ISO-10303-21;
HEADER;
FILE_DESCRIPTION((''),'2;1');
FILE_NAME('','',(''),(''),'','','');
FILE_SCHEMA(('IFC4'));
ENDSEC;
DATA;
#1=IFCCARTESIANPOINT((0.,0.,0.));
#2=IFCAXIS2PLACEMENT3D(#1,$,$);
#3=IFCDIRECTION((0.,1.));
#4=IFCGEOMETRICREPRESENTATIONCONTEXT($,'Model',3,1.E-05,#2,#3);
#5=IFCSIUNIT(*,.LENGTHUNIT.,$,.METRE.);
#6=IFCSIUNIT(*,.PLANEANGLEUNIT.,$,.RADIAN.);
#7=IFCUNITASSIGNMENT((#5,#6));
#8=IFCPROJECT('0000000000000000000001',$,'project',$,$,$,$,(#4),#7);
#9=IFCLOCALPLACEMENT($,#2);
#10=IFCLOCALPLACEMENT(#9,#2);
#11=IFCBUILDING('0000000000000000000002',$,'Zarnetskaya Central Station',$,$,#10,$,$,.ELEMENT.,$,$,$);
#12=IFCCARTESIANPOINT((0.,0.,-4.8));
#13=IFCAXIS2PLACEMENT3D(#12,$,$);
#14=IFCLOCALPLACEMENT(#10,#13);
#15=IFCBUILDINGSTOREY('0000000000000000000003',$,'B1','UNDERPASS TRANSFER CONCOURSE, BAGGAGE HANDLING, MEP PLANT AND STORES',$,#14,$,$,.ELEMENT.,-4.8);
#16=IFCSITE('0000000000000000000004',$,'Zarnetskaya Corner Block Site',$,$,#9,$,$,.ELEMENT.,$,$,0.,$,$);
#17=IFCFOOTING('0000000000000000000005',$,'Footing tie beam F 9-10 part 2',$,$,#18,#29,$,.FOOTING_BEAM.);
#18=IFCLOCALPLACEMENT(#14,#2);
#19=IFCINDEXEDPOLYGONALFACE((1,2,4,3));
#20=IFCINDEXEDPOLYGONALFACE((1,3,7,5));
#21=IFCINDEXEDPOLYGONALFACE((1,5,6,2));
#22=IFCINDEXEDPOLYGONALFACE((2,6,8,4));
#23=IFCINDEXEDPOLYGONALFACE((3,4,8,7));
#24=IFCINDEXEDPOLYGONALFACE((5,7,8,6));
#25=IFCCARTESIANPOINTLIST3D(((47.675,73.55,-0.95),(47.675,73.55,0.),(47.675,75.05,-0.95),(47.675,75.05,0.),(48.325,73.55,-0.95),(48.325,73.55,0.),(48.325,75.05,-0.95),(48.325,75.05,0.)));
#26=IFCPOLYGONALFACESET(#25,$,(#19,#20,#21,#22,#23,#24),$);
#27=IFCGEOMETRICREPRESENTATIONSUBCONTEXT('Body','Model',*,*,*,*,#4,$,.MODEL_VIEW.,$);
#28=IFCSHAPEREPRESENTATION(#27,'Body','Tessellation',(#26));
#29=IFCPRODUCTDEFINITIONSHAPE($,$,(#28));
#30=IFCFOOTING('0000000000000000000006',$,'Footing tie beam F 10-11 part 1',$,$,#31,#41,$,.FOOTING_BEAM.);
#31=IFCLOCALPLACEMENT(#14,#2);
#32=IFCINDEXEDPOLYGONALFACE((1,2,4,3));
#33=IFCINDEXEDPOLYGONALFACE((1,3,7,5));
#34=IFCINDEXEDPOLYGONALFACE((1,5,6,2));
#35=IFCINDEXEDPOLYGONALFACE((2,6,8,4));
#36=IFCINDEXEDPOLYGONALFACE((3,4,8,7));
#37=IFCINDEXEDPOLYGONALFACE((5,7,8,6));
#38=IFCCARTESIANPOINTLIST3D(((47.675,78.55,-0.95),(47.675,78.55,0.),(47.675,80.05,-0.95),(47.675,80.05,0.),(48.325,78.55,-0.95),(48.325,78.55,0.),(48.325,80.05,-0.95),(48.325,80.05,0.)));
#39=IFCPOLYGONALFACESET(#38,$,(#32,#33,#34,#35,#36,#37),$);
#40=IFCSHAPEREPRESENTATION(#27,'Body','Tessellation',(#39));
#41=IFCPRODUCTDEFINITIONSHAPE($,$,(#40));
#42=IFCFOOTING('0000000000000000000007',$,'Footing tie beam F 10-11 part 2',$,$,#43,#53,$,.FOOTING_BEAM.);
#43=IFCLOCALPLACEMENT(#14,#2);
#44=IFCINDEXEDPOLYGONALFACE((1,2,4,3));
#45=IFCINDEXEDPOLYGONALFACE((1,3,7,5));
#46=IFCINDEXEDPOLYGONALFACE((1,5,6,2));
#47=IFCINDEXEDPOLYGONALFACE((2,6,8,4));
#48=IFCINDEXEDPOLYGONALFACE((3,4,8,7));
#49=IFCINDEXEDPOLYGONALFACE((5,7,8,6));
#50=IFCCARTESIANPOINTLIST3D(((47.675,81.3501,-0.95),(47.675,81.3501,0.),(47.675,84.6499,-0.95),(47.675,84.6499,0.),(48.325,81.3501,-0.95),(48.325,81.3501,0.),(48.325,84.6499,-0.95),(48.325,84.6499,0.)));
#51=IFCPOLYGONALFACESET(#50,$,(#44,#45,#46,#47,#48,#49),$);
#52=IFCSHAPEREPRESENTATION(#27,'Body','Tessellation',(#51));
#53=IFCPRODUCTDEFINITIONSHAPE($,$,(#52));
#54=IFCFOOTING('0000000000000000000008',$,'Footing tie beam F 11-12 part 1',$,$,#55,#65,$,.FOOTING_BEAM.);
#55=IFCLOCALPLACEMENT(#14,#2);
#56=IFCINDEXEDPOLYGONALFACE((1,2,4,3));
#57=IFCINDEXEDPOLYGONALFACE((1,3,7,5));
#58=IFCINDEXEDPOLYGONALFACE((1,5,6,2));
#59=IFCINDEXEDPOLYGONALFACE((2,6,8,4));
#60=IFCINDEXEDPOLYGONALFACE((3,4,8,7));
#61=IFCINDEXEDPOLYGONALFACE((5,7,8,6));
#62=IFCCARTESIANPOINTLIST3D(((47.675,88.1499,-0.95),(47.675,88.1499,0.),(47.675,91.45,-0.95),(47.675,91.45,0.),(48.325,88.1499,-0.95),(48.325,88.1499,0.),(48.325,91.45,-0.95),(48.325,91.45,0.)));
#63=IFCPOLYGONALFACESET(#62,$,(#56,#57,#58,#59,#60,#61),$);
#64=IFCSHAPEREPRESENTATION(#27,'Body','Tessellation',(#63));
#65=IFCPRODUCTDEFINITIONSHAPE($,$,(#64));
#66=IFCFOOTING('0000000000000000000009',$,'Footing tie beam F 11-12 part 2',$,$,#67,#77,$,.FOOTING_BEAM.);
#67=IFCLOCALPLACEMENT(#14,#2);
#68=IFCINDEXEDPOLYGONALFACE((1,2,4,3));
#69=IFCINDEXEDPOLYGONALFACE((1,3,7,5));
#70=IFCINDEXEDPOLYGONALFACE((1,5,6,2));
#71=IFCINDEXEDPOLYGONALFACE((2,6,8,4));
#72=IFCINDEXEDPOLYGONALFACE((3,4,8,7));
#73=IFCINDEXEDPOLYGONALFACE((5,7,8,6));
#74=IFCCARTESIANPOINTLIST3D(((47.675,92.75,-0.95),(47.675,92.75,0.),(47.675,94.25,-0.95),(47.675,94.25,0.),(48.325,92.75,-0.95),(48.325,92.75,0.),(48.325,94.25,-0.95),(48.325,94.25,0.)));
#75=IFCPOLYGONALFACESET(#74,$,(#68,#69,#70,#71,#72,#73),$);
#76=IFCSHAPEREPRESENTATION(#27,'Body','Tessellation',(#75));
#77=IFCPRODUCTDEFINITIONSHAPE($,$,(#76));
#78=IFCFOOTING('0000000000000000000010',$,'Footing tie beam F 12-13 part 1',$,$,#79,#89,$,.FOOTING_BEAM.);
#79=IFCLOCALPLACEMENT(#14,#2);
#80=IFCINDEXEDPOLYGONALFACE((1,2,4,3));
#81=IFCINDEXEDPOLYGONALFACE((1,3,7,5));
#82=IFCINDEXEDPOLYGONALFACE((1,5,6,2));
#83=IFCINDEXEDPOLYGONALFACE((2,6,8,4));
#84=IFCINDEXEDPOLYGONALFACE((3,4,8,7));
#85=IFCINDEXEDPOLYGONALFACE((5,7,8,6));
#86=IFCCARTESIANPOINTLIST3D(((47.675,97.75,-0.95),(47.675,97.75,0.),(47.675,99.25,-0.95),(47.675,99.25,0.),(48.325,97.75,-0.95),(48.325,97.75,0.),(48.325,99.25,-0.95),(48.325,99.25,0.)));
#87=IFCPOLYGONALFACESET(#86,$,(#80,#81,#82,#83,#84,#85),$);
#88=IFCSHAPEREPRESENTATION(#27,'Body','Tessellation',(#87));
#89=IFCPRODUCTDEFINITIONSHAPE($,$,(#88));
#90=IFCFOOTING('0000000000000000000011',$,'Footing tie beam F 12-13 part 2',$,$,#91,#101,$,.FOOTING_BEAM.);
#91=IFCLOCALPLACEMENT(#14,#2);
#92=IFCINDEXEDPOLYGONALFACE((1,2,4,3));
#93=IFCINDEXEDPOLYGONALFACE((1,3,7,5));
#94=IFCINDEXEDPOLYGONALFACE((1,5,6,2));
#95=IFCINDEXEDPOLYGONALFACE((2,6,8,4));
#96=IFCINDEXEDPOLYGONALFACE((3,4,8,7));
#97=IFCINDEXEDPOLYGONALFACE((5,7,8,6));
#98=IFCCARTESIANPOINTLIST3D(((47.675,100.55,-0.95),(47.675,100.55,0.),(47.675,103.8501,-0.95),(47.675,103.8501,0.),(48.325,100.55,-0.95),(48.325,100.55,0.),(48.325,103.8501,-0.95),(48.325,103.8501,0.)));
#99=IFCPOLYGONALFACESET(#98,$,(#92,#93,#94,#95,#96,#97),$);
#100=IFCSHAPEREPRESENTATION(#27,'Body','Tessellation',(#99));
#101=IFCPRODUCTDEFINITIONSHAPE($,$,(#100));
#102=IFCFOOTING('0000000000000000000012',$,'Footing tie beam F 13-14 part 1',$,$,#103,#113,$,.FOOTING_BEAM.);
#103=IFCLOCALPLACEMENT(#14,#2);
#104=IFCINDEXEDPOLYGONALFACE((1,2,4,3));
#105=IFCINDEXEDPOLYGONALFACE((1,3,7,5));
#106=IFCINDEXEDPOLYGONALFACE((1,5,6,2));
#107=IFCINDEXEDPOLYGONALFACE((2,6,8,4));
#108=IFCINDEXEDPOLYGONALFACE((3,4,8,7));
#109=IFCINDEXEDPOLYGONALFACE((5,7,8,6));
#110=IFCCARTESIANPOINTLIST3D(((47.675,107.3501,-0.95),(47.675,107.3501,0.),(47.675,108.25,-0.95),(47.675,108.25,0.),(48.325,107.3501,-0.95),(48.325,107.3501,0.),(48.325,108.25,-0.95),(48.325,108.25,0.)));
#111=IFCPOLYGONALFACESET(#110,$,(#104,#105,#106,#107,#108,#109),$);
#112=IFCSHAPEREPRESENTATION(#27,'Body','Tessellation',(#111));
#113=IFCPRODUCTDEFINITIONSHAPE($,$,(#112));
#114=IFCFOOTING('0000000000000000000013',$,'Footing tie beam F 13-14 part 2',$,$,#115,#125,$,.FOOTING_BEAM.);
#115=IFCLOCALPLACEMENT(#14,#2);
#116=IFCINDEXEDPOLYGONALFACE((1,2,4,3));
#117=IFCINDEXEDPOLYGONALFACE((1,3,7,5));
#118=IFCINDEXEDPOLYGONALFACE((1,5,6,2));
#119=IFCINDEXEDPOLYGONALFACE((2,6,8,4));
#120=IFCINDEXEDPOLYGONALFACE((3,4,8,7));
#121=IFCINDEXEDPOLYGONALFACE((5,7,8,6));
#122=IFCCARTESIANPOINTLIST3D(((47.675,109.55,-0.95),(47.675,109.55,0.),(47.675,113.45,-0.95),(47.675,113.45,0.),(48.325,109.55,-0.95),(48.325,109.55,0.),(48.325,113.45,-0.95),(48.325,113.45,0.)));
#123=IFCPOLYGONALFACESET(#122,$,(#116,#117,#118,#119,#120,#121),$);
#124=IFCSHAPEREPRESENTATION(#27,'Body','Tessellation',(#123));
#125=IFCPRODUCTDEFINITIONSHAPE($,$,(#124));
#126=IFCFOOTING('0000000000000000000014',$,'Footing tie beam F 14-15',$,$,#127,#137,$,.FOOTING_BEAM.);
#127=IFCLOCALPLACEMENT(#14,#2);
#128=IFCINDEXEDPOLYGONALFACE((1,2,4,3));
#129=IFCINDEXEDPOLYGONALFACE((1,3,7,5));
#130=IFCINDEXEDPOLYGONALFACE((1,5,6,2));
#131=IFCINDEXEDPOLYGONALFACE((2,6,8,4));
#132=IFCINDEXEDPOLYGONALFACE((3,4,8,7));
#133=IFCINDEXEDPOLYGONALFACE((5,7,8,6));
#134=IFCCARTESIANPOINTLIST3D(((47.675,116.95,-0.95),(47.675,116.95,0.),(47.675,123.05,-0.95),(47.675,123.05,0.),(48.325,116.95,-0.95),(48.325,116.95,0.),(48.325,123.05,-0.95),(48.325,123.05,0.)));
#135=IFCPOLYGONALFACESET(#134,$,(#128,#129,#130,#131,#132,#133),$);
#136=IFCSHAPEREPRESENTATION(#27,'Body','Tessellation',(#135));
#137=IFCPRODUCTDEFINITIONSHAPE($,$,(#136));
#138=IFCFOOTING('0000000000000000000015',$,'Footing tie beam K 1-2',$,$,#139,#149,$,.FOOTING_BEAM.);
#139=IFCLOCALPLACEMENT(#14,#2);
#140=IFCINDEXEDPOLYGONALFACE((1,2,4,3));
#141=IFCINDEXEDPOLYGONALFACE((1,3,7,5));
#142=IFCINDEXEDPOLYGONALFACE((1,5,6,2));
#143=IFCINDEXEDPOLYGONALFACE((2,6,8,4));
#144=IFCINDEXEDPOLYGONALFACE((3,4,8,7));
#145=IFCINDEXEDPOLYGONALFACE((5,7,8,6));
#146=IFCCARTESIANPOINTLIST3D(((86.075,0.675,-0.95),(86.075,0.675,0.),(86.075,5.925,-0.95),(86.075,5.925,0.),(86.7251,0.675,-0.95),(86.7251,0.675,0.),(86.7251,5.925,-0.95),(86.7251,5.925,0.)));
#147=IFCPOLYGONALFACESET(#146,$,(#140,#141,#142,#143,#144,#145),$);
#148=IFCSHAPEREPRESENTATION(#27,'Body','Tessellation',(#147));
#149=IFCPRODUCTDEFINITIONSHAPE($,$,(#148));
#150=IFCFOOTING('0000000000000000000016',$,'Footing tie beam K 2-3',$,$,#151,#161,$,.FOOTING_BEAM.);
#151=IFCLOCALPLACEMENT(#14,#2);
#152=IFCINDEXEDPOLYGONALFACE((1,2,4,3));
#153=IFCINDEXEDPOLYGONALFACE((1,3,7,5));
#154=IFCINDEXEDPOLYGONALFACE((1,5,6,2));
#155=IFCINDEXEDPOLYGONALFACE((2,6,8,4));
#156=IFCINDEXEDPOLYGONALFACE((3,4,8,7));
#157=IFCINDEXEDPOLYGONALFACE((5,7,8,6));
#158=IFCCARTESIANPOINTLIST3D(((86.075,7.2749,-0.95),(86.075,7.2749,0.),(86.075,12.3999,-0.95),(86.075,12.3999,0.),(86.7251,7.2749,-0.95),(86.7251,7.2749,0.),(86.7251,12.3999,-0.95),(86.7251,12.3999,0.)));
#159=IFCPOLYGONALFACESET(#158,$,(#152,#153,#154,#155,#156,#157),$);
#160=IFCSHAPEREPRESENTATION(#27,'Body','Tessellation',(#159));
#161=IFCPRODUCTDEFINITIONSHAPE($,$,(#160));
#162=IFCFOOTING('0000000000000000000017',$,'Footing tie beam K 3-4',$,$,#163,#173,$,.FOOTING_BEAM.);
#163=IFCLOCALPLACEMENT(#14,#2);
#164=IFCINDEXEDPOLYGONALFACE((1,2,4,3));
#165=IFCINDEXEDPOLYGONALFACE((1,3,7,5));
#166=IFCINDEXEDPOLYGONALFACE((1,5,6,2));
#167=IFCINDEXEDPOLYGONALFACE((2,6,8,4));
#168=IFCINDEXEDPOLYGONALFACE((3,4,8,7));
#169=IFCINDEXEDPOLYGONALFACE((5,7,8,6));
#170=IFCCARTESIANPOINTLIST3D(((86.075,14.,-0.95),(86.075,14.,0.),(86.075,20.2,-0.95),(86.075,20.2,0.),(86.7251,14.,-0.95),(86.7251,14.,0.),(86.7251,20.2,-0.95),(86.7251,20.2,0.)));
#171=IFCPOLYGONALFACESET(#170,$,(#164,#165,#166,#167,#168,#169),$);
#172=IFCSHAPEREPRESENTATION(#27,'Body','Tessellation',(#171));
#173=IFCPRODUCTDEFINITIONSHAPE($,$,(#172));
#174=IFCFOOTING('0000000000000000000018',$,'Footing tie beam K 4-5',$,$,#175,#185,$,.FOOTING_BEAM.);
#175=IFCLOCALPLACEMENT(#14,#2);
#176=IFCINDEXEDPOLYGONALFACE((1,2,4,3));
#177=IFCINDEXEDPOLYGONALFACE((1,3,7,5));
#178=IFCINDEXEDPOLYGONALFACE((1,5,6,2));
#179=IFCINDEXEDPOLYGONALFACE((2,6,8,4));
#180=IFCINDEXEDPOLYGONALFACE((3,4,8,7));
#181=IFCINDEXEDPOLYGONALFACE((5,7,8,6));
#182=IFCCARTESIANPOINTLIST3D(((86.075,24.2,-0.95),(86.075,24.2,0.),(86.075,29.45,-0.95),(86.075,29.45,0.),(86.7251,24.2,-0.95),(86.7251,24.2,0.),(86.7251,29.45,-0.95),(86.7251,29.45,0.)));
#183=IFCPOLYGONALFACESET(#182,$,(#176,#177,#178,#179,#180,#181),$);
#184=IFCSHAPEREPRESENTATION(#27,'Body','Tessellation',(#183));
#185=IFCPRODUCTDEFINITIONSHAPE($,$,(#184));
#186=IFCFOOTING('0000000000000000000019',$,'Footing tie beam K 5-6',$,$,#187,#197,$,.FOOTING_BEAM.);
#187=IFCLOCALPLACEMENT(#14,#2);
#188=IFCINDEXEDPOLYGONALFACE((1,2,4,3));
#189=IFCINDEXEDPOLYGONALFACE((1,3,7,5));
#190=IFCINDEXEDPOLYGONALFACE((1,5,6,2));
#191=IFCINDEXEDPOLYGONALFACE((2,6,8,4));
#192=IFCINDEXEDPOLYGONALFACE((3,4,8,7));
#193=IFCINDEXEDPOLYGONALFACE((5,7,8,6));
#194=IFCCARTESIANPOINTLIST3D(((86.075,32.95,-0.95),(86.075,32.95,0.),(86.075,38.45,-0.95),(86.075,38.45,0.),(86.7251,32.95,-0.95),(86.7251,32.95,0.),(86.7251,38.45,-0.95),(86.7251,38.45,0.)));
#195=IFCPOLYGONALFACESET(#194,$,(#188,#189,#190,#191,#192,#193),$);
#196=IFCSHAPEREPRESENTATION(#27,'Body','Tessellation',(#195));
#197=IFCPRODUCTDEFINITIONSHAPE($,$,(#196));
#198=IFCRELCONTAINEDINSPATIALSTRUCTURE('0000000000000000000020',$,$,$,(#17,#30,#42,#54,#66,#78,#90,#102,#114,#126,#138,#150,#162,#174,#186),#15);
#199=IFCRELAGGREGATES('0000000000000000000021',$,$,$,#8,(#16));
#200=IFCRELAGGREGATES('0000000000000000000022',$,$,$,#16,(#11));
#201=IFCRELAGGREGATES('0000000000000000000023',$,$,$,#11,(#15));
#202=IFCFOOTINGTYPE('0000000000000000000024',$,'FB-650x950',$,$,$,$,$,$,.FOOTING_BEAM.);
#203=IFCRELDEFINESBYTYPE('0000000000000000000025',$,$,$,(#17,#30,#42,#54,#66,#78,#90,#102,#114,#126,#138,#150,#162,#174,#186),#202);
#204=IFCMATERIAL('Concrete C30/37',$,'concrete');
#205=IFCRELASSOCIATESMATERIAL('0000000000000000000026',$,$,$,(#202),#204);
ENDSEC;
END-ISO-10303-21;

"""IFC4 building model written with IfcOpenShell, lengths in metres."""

from ifc_helpers import new_model, si_unit, direction, frame, origin, place, context, subcontext, project, spatial, polyline, outline, extrude, material, type_object, element, save


model = new_model("IFC4")

# Units and contexts
model_context = context("Model", 3, precision=1e-05, world=origin(), true_north=direction((0.0, 1.0)))
body_context = subcontext(model_context, "Body", "Model", "MODEL_VIEW")
ifc_project = project(units=[si_unit("LENGTHUNIT", "METRE"), si_unit("PLANEANGLEUNIT", "RADIAN")], contexts=[model_context])

# Site, building, storey
site_placement = place(None, origin())
site = spatial("IfcSite", under=ifc_project, at=site_placement, Name="Zarnetskaya Corner Block Site", CompositionType="ELEMENT", RefElevation=0.0)
building_placement = place(site_placement, origin())
building = spatial("IfcBuilding", under=site, at=building_placement, Name="Zarnetskaya Central Station", CompositionType="ELEMENT")
storey_placement = place(building_placement, frame((0.0, 0.0, -4.8)))
storey = spatial("IfcBuildingStorey", under=building, at=storey_placement, Name="B1", Description="UNDERPASS TRANSFER CONCOURSE, BAGGAGE HANDLING, MEP PLANT AND STORES", CompositionType="ELEMENT", Elevation=-4.8)

# Footings
ifc_material = material(Name="Concrete C30/37", Category="concrete")
footing_type = type_object("IfcFootingType", Name="FB-650x950", PredefinedType="FOOTING_BEAM", material=ifc_material)
footing_1_placement = place(storey_placement, frame((0.0, 0.0, -0.95)))
element("IfcFooting", 1, at=footing_1_placement, inside=storey, type_object=footing_type, Name="Footing tie beam F 9-10 part 2", PredefinedType="FOOTING_BEAM", context=body_context, shape_type="SweptSolid", body=[
    extrude(outline(polyline([(47.675, 73.55), (48.325, 73.55), (48.325, 75.05), (47.675, 75.05), (47.675, 73.55)])), origin(), (0.0, 0.0, 1.0), 0.95),
])
footing_2_placement = place(storey_placement, frame((0.0, 0.0, -0.95)))
element("IfcFooting", 2, at=footing_2_placement, inside=storey, type_object=footing_type, Name="Footing tie beam F 10-11 part 1", PredefinedType="FOOTING_BEAM", context=body_context, shape_type="SweptSolid", body=[
    extrude(outline(polyline([(47.675, 78.55), (48.325, 78.55), (48.325, 80.05), (47.675, 80.05), (47.675, 78.55)])), origin(), (0.0, 0.0, 1.0), 0.95),
])
footing_3_placement = place(storey_placement, frame((0.0, 0.0, -0.95)))
element("IfcFooting", 3, at=footing_3_placement, inside=storey, type_object=footing_type, Name="Footing tie beam F 10-11 part 2", PredefinedType="FOOTING_BEAM", context=body_context, shape_type="SweptSolid", body=[
    extrude(outline(polyline([(47.675, 81.3501), (48.325, 81.3501), (48.325, 84.6499), (47.675, 84.6499), (47.675, 81.3501)])), origin(), (0.0, 0.0, 1.0), 0.95),
])
footing_4_placement = place(storey_placement, frame((0.0, 0.0, -0.95)))
element("IfcFooting", 4, at=footing_4_placement, inside=storey, type_object=footing_type, Name="Footing tie beam F 11-12 part 1", PredefinedType="FOOTING_BEAM", context=body_context, shape_type="SweptSolid", body=[
    extrude(outline(polyline([(47.675, 88.1499), (48.325, 88.1499), (48.325, 91.45), (47.675, 91.45), (47.675, 88.1499)])), origin(), (0.0, 0.0, 1.0), 0.95),
])
footing_5_placement = place(storey_placement, frame((0.0, 0.0, -0.95)))
element("IfcFooting", 5, at=footing_5_placement, inside=storey, type_object=footing_type, Name="Footing tie beam F 11-12 part 2", PredefinedType="FOOTING_BEAM", context=body_context, shape_type="SweptSolid", body=[
    extrude(outline(polyline([(47.675, 92.75), (48.325, 92.75), (48.325, 94.25), (47.675, 94.25), (47.675, 92.75)])), origin(), (0.0, 0.0, 1.0), 0.95),
])
footing_6_placement = place(storey_placement, frame((0.0, 0.0, -0.95)))
element("IfcFooting", 6, at=footing_6_placement, inside=storey, type_object=footing_type, Name="Footing tie beam F 12-13 part 1", PredefinedType="FOOTING_BEAM", context=body_context, shape_type="SweptSolid", body=[
    extrude(outline(polyline([(47.675, 97.75), (48.325, 97.75), (48.325, 99.25), (47.675, 99.25), (47.675, 97.75)])), origin(), (0.0, 0.0, 1.0), 0.95),
])
footing_7_placement = place(storey_placement, frame((0.0, 0.0, -0.95)))
element("IfcFooting", 7, at=footing_7_placement, inside=storey, type_object=footing_type, Name="Footing tie beam F 12-13 part 2", PredefinedType="FOOTING_BEAM", context=body_context, shape_type="SweptSolid", body=[
    extrude(outline(polyline([(47.675, 100.55), (48.325, 100.55), (48.325, 103.8501), (47.675, 103.8501), (47.675, 100.55)])), origin(), (0.0, 0.0, 1.0), 0.95),
])
footing_8_placement = place(storey_placement, frame((0.0, 0.0, -0.95)))
element("IfcFooting", 8, at=footing_8_placement, inside=storey, type_object=footing_type, Name="Footing tie beam F 13-14 part 1", PredefinedType="FOOTING_BEAM", context=body_context, shape_type="SweptSolid", body=[
    extrude(outline(polyline([(47.675, 107.3501), (48.325, 107.3501), (48.325, 108.25), (47.675, 108.25), (47.675, 107.3501)])), origin(), (0.0, 0.0, 1.0), 0.95),
])
footing_9_placement = place(storey_placement, frame((0.0, 0.0, -0.95)))
element("IfcFooting", 9, at=footing_9_placement, inside=storey, type_object=footing_type, Name="Footing tie beam F 13-14 part 2", PredefinedType="FOOTING_BEAM", context=body_context, shape_type="SweptSolid", body=[
    extrude(outline(polyline([(47.675, 109.55), (48.325, 109.55), (48.325, 113.45), (47.675, 113.45), (47.675, 109.55)])), origin(), (0.0, 0.0, 1.0), 0.95),
])
footing_10_placement = place(storey_placement, frame((0.0, 0.0, -0.95)))
element("IfcFooting", 10, at=footing_10_placement, inside=storey, type_object=footing_type, Name="Footing tie beam F 14-15", PredefinedType="FOOTING_BEAM", context=body_context, shape_type="SweptSolid", body=[
    extrude(outline(polyline([(47.675, 116.95), (48.325, 116.95), (48.325, 123.05), (47.675, 123.05), (47.675, 116.95)])), origin(), (0.0, 0.0, 1.0), 0.95),
])
footing_11_placement = place(storey_placement, frame((0.0, 0.0, -0.95)))
element("IfcFooting", 11, at=footing_11_placement, inside=storey, type_object=footing_type, Name="Footing tie beam K 1-2", PredefinedType="FOOTING_BEAM", context=body_context, shape_type="SweptSolid", body=[
    extrude(outline(polyline([(86.075, 0.675), (86.7251, 0.675), (86.7251, 5.925), (86.075, 5.925), (86.075, 0.675)])), origin(), (0.0, 0.0, 1.0), 0.95),
])
footing_12_placement = place(storey_placement, frame((0.0, 0.0, -0.95)))
element("IfcFooting", 12, at=footing_12_placement, inside=storey, type_object=footing_type, Name="Footing tie beam K 2-3", PredefinedType="FOOTING_BEAM", context=body_context, shape_type="SweptSolid", body=[
    extrude(outline(polyline([(86.075, 7.2749), (86.7251, 7.2749), (86.7251, 12.3999), (86.075, 12.3999), (86.075, 7.2749)])), origin(), (0.0, 0.0, 1.0), 0.95),
])
footing_13_placement = place(storey_placement, frame((0.0, 0.0, -0.95)))
element("IfcFooting", 13, at=footing_13_placement, inside=storey, type_object=footing_type, Name="Footing tie beam K 3-4", PredefinedType="FOOTING_BEAM", context=body_context, shape_type="SweptSolid", body=[
    extrude(outline(polyline([(86.075, 14.0), (86.7251, 14.0), (86.7251, 20.2), (86.075, 20.2), (86.075, 14.0)])), origin(), (0.0, 0.0, 1.0), 0.95),
])
footing_14_placement = place(storey_placement, frame((0.0, 0.0, -0.95)))
element("IfcFooting", 14, at=footing_14_placement, inside=storey, type_object=footing_type, Name="Footing tie beam K 4-5", PredefinedType="FOOTING_BEAM", context=body_context, shape_type="SweptSolid", body=[
    extrude(outline(polyline([(86.075, 24.2), (86.7251, 24.2), (86.7251, 29.45), (86.075, 29.45), (86.075, 24.2)])), origin(), (0.0, 0.0, 1.0), 0.95),
])
footing_15_placement = place(storey_placement, frame((0.0, 0.0, -0.95)))
element("IfcFooting", 15, at=footing_15_placement, inside=storey, type_object=footing_type, Name="Footing tie beam K 5-6", PredefinedType="FOOTING_BEAM", context=body_context, shape_type="SweptSolid", body=[
    extrude(outline(polyline([(86.075, 32.95), (86.7251, 32.95), (86.7251, 38.45), (86.075, 38.45), (86.075, 32.95)])), origin(), (0.0, 0.0, 1.0), 0.95),
])

save(model, "model.ifc")
